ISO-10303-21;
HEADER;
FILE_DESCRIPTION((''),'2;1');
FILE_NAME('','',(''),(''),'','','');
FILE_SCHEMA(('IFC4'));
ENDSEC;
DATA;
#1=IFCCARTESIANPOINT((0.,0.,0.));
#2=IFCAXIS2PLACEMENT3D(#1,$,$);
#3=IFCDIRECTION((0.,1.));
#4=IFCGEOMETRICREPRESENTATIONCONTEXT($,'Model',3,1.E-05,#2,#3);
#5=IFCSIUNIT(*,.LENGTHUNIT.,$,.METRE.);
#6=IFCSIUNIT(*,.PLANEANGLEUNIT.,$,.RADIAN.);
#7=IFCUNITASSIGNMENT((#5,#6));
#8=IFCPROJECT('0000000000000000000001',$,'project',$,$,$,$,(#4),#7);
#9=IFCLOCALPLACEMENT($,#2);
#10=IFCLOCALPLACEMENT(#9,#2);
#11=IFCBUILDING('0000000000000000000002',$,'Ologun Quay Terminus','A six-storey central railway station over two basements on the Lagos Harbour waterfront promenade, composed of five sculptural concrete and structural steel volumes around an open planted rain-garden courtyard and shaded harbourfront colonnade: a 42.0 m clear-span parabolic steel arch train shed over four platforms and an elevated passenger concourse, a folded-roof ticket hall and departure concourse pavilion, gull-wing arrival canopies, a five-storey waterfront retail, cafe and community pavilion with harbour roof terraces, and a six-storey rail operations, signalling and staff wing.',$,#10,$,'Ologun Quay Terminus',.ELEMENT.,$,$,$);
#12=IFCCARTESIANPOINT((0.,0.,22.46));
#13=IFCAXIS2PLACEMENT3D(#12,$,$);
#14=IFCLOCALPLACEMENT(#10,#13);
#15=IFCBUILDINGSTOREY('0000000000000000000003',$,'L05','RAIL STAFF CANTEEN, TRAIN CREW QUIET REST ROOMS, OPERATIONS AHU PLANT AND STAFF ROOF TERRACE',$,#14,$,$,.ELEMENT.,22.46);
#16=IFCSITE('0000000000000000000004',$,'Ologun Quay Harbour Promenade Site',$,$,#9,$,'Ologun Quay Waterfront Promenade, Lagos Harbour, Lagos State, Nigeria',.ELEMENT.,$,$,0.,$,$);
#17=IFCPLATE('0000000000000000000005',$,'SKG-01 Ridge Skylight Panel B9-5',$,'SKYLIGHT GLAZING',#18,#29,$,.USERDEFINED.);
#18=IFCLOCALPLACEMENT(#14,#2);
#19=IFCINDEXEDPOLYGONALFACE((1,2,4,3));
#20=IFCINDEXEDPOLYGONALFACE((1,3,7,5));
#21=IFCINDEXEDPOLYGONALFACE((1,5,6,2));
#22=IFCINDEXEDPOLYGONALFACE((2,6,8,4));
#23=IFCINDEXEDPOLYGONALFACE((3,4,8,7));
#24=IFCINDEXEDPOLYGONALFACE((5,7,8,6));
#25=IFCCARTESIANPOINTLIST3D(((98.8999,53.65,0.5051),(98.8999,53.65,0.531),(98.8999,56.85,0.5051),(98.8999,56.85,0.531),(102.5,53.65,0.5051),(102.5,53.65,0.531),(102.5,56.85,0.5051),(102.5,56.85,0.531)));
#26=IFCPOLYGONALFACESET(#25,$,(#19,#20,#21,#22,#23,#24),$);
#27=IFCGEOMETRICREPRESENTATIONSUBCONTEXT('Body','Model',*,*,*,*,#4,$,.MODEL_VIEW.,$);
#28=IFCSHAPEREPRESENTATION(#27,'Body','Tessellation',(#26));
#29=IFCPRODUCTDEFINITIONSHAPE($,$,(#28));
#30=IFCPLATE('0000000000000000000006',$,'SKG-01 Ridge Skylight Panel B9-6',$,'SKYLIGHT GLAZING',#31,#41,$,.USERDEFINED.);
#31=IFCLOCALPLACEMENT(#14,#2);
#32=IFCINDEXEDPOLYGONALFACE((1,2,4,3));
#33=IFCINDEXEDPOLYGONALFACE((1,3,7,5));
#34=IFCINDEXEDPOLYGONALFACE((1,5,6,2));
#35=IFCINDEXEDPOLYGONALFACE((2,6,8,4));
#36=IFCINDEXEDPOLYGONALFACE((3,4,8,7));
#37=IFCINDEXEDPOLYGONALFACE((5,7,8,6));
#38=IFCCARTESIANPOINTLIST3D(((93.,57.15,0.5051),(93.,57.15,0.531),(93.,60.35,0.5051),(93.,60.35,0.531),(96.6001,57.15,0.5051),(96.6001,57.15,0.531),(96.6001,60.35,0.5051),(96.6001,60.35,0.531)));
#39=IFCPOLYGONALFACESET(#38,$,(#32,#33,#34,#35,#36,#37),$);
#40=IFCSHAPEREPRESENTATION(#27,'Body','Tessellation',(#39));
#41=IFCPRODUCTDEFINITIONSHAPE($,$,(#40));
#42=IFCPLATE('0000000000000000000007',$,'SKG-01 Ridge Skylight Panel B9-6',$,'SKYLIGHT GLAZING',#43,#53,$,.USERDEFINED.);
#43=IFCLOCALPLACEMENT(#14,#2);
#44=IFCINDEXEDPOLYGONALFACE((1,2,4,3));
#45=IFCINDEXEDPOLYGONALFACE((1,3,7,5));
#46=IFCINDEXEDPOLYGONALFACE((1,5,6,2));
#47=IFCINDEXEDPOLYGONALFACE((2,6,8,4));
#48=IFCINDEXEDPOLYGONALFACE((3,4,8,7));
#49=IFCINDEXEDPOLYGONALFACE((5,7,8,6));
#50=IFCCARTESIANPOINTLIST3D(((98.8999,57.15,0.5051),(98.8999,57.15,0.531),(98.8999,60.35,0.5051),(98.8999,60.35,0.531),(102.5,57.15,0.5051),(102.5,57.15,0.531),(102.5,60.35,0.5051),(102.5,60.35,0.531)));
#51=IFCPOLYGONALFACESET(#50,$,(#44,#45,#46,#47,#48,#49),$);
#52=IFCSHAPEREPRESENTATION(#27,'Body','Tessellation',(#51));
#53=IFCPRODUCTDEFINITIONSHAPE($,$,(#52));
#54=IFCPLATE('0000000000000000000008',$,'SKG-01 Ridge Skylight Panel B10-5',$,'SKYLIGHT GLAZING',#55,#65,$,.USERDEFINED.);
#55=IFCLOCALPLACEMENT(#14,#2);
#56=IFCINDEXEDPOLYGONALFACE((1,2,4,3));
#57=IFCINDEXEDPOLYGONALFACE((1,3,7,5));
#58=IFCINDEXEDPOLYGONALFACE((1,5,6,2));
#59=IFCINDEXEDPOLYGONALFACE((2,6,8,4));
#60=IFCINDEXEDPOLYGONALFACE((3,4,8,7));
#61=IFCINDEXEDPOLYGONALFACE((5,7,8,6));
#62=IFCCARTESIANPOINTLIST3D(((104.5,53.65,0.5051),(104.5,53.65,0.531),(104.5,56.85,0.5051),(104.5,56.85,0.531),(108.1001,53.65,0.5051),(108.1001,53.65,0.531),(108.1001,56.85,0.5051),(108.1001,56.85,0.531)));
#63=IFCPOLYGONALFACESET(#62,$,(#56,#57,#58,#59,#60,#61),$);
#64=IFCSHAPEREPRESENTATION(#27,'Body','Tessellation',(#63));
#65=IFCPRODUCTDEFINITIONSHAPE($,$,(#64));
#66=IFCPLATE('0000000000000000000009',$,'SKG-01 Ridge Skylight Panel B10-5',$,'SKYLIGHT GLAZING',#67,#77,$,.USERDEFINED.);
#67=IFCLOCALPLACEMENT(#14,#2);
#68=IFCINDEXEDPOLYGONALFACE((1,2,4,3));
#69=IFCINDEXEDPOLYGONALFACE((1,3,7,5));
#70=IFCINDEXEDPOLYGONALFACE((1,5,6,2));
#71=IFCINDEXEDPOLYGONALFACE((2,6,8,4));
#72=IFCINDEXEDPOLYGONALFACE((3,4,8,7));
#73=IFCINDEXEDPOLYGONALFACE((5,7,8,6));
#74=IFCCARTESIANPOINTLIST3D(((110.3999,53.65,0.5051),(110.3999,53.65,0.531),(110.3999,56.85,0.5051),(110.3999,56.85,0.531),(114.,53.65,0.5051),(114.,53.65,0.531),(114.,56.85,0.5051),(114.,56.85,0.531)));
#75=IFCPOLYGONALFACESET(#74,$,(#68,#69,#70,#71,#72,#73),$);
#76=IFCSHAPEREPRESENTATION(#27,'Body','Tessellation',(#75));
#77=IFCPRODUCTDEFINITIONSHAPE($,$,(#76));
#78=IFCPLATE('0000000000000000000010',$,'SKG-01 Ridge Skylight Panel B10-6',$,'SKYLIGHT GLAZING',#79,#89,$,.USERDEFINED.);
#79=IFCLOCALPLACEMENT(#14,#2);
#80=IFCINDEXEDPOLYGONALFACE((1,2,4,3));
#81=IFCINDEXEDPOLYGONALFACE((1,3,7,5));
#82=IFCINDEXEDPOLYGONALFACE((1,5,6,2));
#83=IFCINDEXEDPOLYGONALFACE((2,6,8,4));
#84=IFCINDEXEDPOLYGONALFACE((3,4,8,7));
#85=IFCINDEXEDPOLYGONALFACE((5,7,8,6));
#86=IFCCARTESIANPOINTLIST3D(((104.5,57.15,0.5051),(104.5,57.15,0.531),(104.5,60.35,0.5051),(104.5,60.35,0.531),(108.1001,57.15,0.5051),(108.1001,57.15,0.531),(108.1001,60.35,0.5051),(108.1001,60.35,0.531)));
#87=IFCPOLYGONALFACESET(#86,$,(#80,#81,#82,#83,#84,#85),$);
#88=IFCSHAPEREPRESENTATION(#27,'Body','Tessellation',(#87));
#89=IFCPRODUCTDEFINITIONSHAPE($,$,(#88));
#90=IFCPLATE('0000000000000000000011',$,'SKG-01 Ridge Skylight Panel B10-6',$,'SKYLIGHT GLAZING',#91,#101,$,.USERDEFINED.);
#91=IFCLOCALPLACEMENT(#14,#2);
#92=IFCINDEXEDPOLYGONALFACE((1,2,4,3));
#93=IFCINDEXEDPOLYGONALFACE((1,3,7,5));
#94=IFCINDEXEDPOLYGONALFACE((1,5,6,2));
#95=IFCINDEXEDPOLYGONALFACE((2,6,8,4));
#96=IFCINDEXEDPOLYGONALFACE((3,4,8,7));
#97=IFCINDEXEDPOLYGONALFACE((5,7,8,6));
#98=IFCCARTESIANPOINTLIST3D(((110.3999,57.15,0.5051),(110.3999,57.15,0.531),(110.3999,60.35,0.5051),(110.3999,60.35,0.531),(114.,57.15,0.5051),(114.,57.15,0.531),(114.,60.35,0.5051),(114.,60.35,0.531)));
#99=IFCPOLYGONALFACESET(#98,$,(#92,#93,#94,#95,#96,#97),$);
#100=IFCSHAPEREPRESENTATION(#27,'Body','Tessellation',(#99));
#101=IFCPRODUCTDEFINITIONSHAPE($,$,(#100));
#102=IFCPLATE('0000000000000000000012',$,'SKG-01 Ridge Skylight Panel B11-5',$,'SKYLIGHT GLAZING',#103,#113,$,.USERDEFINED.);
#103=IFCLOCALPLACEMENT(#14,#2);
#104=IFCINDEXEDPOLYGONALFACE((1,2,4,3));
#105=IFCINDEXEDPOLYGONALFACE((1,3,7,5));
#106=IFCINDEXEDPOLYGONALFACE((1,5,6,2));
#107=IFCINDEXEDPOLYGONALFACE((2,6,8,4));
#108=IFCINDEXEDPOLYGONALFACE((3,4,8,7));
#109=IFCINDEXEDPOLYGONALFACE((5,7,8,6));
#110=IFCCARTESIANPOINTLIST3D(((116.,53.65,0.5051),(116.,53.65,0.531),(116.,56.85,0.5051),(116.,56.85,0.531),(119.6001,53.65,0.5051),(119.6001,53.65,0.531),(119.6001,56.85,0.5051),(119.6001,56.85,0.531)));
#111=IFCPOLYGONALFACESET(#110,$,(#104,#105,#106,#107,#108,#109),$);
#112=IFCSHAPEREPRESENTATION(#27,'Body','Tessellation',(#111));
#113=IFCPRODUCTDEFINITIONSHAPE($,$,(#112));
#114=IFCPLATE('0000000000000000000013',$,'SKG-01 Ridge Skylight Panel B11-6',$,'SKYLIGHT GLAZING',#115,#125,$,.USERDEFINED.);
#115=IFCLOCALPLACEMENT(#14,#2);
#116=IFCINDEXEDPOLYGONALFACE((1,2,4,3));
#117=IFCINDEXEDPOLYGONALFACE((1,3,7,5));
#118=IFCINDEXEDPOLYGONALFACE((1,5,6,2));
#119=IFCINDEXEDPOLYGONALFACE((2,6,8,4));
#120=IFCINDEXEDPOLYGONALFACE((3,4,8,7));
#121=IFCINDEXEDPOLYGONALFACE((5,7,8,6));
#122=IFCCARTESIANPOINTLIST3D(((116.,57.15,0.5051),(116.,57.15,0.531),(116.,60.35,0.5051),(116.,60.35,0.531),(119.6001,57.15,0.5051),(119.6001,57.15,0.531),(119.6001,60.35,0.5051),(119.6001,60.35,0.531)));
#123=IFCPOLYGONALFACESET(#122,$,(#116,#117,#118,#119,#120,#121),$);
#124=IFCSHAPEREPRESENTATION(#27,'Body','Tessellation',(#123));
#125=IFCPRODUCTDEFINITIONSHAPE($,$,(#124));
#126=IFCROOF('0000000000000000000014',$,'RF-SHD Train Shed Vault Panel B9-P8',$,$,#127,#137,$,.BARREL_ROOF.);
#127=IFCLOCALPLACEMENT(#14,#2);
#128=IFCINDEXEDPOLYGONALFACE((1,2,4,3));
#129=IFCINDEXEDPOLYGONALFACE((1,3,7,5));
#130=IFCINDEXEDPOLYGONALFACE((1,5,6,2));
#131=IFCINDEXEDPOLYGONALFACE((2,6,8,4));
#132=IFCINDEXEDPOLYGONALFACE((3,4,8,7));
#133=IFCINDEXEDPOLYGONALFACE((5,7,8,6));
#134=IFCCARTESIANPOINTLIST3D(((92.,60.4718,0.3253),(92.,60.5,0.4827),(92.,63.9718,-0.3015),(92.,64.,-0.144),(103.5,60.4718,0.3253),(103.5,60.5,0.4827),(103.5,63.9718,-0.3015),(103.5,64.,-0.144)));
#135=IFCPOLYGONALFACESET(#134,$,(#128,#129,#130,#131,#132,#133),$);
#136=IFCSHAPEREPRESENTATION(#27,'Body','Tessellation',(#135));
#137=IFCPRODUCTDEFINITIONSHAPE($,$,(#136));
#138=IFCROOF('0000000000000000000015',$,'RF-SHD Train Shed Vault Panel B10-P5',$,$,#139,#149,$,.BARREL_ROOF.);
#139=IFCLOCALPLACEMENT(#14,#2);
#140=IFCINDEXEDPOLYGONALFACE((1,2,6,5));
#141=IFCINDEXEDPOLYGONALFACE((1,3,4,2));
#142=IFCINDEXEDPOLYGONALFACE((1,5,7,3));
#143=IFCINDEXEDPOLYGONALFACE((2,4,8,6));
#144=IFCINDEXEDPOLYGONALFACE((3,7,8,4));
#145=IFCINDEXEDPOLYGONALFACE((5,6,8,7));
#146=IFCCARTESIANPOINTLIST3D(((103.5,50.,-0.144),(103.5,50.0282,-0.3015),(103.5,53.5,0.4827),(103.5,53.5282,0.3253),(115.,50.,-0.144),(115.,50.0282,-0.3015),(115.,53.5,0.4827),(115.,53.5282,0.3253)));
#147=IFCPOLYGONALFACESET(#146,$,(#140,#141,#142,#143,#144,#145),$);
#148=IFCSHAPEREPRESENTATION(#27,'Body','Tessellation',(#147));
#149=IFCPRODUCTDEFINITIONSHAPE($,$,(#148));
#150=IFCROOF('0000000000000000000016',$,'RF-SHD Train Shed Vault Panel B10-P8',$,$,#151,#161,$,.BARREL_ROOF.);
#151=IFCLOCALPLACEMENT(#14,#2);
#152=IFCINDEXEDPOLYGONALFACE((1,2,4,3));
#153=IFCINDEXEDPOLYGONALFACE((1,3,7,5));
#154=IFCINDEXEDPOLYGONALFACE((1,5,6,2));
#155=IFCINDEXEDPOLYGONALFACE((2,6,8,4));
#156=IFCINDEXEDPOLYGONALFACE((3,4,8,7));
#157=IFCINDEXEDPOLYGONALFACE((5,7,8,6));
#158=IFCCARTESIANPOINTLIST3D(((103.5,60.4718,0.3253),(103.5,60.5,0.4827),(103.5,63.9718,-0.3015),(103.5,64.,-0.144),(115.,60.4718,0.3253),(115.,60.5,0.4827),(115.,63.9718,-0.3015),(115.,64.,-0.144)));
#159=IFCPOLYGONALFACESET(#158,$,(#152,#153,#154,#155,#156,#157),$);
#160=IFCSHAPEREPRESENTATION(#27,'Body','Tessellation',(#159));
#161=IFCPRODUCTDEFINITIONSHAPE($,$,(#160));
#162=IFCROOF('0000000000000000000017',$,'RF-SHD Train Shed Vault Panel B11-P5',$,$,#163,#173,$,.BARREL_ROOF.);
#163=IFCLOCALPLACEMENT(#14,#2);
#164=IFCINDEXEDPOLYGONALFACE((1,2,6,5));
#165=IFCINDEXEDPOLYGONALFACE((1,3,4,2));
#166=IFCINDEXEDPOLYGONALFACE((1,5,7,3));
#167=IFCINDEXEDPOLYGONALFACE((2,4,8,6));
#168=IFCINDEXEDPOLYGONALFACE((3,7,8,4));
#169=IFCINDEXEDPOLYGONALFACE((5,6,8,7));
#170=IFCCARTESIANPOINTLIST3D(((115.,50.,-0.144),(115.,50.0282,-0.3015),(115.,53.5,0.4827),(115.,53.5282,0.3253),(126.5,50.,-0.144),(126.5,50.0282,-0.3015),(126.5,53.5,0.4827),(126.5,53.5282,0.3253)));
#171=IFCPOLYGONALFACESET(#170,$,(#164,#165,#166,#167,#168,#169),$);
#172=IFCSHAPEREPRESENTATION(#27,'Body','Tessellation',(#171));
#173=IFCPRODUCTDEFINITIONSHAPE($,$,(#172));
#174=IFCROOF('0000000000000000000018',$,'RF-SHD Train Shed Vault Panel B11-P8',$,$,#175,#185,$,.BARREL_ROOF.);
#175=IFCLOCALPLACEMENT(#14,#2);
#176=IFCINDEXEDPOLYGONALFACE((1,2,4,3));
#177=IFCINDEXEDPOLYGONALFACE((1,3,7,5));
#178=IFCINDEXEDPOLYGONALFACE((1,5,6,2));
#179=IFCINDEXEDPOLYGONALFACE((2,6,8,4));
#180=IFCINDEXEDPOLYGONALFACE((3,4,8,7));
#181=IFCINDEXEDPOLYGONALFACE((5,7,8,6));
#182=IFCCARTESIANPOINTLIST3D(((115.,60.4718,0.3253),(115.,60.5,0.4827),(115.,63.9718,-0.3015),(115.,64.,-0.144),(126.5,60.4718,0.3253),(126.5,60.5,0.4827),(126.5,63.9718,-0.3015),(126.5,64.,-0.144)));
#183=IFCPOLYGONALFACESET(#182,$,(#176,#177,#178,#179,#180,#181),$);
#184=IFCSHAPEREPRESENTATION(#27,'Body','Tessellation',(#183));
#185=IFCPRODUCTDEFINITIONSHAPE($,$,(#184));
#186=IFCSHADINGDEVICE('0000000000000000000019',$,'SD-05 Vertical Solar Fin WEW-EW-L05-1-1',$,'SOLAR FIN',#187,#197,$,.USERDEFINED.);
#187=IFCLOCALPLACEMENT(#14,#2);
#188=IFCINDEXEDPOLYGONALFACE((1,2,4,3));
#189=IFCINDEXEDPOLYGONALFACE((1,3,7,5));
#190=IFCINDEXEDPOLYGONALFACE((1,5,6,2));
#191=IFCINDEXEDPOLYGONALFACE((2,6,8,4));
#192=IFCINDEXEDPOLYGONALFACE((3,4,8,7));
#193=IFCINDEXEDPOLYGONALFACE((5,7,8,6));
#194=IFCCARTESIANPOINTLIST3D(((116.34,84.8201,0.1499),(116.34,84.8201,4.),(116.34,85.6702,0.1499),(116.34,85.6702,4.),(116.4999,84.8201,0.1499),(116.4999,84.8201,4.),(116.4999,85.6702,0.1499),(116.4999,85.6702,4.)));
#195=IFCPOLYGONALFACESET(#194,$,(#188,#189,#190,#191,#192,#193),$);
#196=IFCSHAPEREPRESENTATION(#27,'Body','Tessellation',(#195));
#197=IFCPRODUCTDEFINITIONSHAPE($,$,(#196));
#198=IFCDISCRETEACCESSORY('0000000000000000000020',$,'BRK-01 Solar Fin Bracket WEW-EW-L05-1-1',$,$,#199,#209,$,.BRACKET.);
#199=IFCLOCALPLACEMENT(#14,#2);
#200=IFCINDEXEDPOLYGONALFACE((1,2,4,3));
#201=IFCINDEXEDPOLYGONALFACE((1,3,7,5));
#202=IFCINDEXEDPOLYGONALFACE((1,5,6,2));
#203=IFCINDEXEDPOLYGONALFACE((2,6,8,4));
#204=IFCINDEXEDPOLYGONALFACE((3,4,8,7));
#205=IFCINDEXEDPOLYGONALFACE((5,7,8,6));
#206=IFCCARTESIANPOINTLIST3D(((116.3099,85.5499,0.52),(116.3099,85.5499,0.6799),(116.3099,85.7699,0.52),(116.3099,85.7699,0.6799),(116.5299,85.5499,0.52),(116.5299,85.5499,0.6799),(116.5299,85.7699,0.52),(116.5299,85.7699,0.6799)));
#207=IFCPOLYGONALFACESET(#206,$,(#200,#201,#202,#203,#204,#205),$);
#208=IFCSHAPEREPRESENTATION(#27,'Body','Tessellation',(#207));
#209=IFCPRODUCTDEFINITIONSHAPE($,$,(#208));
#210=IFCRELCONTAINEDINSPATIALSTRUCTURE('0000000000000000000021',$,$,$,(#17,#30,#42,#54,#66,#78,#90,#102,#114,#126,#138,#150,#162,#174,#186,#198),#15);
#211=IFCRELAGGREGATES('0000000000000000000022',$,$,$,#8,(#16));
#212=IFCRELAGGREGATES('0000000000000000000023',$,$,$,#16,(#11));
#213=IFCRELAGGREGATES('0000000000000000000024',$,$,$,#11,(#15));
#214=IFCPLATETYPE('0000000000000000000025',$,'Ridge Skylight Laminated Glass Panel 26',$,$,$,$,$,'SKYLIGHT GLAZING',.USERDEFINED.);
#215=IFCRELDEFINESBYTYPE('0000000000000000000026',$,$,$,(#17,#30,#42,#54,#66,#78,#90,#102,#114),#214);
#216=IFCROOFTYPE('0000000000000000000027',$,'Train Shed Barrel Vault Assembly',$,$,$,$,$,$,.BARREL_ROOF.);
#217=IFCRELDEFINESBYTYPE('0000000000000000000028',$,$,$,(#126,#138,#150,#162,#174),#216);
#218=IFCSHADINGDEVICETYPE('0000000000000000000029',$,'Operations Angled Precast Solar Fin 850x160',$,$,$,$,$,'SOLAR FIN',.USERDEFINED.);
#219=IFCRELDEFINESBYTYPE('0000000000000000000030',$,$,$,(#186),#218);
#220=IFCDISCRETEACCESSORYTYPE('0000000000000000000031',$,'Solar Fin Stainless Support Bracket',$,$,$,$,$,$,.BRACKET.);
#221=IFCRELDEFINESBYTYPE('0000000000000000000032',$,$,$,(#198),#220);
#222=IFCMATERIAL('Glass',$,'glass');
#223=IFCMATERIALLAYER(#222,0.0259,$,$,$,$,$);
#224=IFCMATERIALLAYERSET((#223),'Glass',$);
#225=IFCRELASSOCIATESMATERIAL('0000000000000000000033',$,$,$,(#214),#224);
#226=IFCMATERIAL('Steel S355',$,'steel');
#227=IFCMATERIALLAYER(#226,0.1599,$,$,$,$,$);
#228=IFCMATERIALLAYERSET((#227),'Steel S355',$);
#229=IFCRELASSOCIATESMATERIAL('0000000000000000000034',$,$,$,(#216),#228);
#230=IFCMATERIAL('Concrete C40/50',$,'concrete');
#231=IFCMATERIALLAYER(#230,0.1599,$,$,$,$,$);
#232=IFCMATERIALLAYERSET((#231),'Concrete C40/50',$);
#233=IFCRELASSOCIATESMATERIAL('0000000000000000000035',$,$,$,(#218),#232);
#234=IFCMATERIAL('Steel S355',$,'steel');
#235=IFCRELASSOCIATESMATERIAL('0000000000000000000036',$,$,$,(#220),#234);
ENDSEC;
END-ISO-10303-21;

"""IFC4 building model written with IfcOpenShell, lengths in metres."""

from ifc_helpers import new_model, si_unit, direction, frame, origin, origin_2d, place, context, subcontext, project, spatial, polyline, rectangle, outline, extrude, material, layer, layer_set, type_object, element, save


model = new_model("IFC4")

# Units and contexts
model_context = context("Model", 3, precision=1e-05, world=origin(), true_north=direction((0.0, 1.0)))
body_context = subcontext(model_context, "Body", "Model", "MODEL_VIEW")
ifc_project = project(units=[si_unit("LENGTHUNIT", "METRE"), si_unit("PLANEANGLEUNIT", "RADIAN")], contexts=[model_context])

# Site, building, storey
site_placement = place(None, origin())
site = spatial("IfcSite", under=ifc_project, at=site_placement, Name="Ologun Quay Harbour Promenade Site", LongName="Ologun Quay Waterfront Promenade, Lagos Harbour, Lagos State, Nigeria", CompositionType="ELEMENT", RefElevation=0.0)
building_placement = place(site_placement, origin())
building = spatial("IfcBuilding", under=site, at=building_placement, Name="Ologun Quay Terminus", Description="A six-storey central railway station over two basements on the Lagos Harbour waterfront promenade, composed of five sculptural concrete and structural steel volumes around an open planted rain-garden courtyard and shaded harbourfront colonnade: a 42.0 m clear-span parabolic steel arch train shed over four platforms and an elevated passenger concourse, a folded-roof ticket hall and departure concourse pavilion, gull-wing arrival canopies, a five-storey waterfront retail, cafe and community pavilion with harbour roof terraces, and a six-storey rail operations, signalling and staff wing.", LongName="Ologun Quay Terminus", CompositionType="ELEMENT")
storey_placement = place(building_placement, frame((0.0, 0.0, 22.46)))
storey = spatial("IfcBuildingStorey", under=building, at=storey_placement, Name="L05", Description="RAIL STAFF CANTEEN, TRAIN CREW QUIET REST ROOMS, OPERATIONS AHU PLANT AND STAFF ROOF TERRACE", CompositionType="ELEMENT", Elevation=22.46)

# Plates
ifc_material_1 = material(Name="Glass", Category="glass")
ifc_layer_1 = layer(ifc_material_1, 0.0259)
ifc_layer_set_1 = layer_set([ifc_layer_1], Name="Glass")
plate_type = type_object("IfcPlateType", Name="Ridge Skylight Laminated Glass Panel 26", ElementType="SKYLIGHT GLAZING", PredefinedType="USERDEFINED", material=ifc_layer_set_1)
for number, where, z_axis, x_axis, name in (
    (1, (100.7, 55.25, 0.5051), (0.0, 0.0, 1.0), (1.0, 0.0, 0.0), "SKG-01 Ridge Skylight Panel B9-5"),
    (2, (94.8, 58.75, 0.5051), (0.0, 0.0, 1.0), (1.0, 0.0, 0.0), "SKG-01 Ridge Skylight Panel B9-6"),
    (3, (100.7, 58.75, 0.5051), (0.0, 0.0, 1.0), (1.0, 0.0, 0.0), "SKG-01 Ridge Skylight Panel B9-6"),
    (4, (106.3, 55.25, 0.5051), (0.0, 0.0, 1.0), (1.0, 0.0, 0.0), "SKG-01 Ridge Skylight Panel B10-5"),
    (5, (112.2, 55.25, 0.5051), (0.0, 0.0, 1.0), (1.0, 0.0, 0.0), "SKG-01 Ridge Skylight Panel B10-5"),
    (6, (106.3, 58.75, 0.5051), (0.0, 0.0, 1.0), (1.0, 0.0, 0.0), "SKG-01 Ridge Skylight Panel B10-6"),
    (7, (112.2, 58.75, 0.5051), (0.0, 0.0, 1.0), (1.0, 0.0, 0.0), "SKG-01 Ridge Skylight Panel B10-6"),
    (8, (117.8, 55.25, 0.5051), (0.0, 0.0, 1.0), (1.0, 0.0, 0.0), "SKG-01 Ridge Skylight Panel B11-5"),
    (9, (117.8, 58.75, 0.5051), (0.0, 0.0, 1.0), (1.0, 0.0, 0.0), "SKG-01 Ridge Skylight Panel B11-6"),
):
    element("IfcPlate", number, at=place(storey_placement, frame(where, z_axis=z_axis, x_axis=x_axis)), inside=storey, type_object=plate_type, Name=name, ObjectType="SKYLIGHT GLAZING", PredefinedType="USERDEFINED", context=body_context, shape_type="SweptSolid", body=[
        extrude(rectangle(XDim=3.6001, YDim=3.2, at=origin_2d()), origin(), (0.0, 0.0, 1.0), 0.0259),
    ])

# Roofs
ifc_material_2 = material(Name="Steel S355", Category="steel")
ifc_layer_2 = layer(ifc_material_2, 0.1599)
ifc_layer_set_2 = layer_set([ifc_layer_2], Name="Steel S355")
roof_type = type_object("IfcRoofType", Name="Train Shed Barrel Vault Assembly", PredefinedType="BARREL_ROOF", material=ifc_layer_set_2)
for number, where, z_axis, x_axis, name in (
    (10, (92.0, 60.5, 0.4827), (0.0, 0.176256, 0.984344), (1.0, 0.0, 0.0), "RF-SHD Train Shed Vault Panel B9-P8"),
    (11, (103.5, 50.0, -0.144), (0.0, -0.176256, 0.984344), (1.0, 0.0, 0.0), "RF-SHD Train Shed Vault Panel B10-P5"),
    (12, (103.5, 60.5, 0.4827), (0.0, 0.176256, 0.984344), (1.0, 0.0, 0.0), "RF-SHD Train Shed Vault Panel B10-P8"),
    (13, (115.0, 50.0, -0.144), (0.0, -0.176256, 0.984344), (1.0, 0.0, 0.0), "RF-SHD Train Shed Vault Panel B11-P5"),
    (14, (115.0, 60.5, 0.4827), (0.0, 0.176256, 0.984344), (1.0, 0.0, 0.0), "RF-SHD Train Shed Vault Panel B11-P8"),
):
    element("IfcRoof", number, at=place(storey_placement, frame(where, z_axis=z_axis, x_axis=x_axis)), inside=storey, type_object=roof_type, Name=name, PredefinedType="BARREL_ROOF", context=body_context, shape_type="SweptSolid", body=[
        extrude(outline(polyline([(0.0, 0.0), (11.5, 0.0), (11.5, 3.5557), (0.0, 3.5557), (0.0, 0.0)])), origin(), (0.0, 0.0, -1.0), 0.1599),
    ])

# Shading device
ifc_material_3 = material(Name="Concrete C40/50", Category="concrete")
ifc_layer_3 = layer(ifc_material_3, 0.1599)
ifc_layer_set_3 = layer_set([ifc_layer_3], Name="Concrete C40/50")
shading_device_type = type_object("IfcShadingDeviceType", Name="Operations Angled Precast Solar Fin 850x160", ElementType="SOLAR FIN", PredefinedType="USERDEFINED", material=ifc_layer_set_3)
shading_device_placement = place(storey_placement, frame((116.4199, 85.2451, 0.1499), z_axis=(0.0, 0.0, 1.0), x_axis=(1.0, 0.0, 0.0)))
element("IfcShadingDevice", 15, at=shading_device_placement, inside=storey, type_object=shading_device_type, Name="SD-05 Vertical Solar Fin WEW-EW-L05-1-1", ObjectType="SOLAR FIN", PredefinedType="USERDEFINED", context=body_context, shape_type="SweptSolid", body=[
    extrude(rectangle(XDim=0.1599, YDim=0.8501, at=origin_2d()), origin(), (0.0, 0.0, 1.0), 3.8501),
])

# Discrete accessory
ifc_material_4 = material(Name="Steel S355", Category="steel")
discrete_accessory_type = type_object("IfcDiscreteAccessoryType", Name="Solar Fin Stainless Support Bracket", PredefinedType="BRACKET", material=ifc_material_4)
discrete_accessory_placement = place(storey_placement, frame((116.4199, 85.6599, 0.52), z_axis=(0.0, 0.0, 1.0), x_axis=(1.0, 0.0, 0.0)))
element("IfcDiscreteAccessory", 16, at=discrete_accessory_placement, inside=storey, type_object=discrete_accessory_type, Name="BRK-01 Solar Fin Bracket WEW-EW-L05-1-1", PredefinedType="BRACKET", context=body_context, shape_type="SweptSolid", body=[
    extrude(rectangle(XDim=0.22, YDim=0.22, at=origin_2d()), origin(), (0.0, 0.0, 1.0), 0.1599),
])

save(model, "model.ifc")
